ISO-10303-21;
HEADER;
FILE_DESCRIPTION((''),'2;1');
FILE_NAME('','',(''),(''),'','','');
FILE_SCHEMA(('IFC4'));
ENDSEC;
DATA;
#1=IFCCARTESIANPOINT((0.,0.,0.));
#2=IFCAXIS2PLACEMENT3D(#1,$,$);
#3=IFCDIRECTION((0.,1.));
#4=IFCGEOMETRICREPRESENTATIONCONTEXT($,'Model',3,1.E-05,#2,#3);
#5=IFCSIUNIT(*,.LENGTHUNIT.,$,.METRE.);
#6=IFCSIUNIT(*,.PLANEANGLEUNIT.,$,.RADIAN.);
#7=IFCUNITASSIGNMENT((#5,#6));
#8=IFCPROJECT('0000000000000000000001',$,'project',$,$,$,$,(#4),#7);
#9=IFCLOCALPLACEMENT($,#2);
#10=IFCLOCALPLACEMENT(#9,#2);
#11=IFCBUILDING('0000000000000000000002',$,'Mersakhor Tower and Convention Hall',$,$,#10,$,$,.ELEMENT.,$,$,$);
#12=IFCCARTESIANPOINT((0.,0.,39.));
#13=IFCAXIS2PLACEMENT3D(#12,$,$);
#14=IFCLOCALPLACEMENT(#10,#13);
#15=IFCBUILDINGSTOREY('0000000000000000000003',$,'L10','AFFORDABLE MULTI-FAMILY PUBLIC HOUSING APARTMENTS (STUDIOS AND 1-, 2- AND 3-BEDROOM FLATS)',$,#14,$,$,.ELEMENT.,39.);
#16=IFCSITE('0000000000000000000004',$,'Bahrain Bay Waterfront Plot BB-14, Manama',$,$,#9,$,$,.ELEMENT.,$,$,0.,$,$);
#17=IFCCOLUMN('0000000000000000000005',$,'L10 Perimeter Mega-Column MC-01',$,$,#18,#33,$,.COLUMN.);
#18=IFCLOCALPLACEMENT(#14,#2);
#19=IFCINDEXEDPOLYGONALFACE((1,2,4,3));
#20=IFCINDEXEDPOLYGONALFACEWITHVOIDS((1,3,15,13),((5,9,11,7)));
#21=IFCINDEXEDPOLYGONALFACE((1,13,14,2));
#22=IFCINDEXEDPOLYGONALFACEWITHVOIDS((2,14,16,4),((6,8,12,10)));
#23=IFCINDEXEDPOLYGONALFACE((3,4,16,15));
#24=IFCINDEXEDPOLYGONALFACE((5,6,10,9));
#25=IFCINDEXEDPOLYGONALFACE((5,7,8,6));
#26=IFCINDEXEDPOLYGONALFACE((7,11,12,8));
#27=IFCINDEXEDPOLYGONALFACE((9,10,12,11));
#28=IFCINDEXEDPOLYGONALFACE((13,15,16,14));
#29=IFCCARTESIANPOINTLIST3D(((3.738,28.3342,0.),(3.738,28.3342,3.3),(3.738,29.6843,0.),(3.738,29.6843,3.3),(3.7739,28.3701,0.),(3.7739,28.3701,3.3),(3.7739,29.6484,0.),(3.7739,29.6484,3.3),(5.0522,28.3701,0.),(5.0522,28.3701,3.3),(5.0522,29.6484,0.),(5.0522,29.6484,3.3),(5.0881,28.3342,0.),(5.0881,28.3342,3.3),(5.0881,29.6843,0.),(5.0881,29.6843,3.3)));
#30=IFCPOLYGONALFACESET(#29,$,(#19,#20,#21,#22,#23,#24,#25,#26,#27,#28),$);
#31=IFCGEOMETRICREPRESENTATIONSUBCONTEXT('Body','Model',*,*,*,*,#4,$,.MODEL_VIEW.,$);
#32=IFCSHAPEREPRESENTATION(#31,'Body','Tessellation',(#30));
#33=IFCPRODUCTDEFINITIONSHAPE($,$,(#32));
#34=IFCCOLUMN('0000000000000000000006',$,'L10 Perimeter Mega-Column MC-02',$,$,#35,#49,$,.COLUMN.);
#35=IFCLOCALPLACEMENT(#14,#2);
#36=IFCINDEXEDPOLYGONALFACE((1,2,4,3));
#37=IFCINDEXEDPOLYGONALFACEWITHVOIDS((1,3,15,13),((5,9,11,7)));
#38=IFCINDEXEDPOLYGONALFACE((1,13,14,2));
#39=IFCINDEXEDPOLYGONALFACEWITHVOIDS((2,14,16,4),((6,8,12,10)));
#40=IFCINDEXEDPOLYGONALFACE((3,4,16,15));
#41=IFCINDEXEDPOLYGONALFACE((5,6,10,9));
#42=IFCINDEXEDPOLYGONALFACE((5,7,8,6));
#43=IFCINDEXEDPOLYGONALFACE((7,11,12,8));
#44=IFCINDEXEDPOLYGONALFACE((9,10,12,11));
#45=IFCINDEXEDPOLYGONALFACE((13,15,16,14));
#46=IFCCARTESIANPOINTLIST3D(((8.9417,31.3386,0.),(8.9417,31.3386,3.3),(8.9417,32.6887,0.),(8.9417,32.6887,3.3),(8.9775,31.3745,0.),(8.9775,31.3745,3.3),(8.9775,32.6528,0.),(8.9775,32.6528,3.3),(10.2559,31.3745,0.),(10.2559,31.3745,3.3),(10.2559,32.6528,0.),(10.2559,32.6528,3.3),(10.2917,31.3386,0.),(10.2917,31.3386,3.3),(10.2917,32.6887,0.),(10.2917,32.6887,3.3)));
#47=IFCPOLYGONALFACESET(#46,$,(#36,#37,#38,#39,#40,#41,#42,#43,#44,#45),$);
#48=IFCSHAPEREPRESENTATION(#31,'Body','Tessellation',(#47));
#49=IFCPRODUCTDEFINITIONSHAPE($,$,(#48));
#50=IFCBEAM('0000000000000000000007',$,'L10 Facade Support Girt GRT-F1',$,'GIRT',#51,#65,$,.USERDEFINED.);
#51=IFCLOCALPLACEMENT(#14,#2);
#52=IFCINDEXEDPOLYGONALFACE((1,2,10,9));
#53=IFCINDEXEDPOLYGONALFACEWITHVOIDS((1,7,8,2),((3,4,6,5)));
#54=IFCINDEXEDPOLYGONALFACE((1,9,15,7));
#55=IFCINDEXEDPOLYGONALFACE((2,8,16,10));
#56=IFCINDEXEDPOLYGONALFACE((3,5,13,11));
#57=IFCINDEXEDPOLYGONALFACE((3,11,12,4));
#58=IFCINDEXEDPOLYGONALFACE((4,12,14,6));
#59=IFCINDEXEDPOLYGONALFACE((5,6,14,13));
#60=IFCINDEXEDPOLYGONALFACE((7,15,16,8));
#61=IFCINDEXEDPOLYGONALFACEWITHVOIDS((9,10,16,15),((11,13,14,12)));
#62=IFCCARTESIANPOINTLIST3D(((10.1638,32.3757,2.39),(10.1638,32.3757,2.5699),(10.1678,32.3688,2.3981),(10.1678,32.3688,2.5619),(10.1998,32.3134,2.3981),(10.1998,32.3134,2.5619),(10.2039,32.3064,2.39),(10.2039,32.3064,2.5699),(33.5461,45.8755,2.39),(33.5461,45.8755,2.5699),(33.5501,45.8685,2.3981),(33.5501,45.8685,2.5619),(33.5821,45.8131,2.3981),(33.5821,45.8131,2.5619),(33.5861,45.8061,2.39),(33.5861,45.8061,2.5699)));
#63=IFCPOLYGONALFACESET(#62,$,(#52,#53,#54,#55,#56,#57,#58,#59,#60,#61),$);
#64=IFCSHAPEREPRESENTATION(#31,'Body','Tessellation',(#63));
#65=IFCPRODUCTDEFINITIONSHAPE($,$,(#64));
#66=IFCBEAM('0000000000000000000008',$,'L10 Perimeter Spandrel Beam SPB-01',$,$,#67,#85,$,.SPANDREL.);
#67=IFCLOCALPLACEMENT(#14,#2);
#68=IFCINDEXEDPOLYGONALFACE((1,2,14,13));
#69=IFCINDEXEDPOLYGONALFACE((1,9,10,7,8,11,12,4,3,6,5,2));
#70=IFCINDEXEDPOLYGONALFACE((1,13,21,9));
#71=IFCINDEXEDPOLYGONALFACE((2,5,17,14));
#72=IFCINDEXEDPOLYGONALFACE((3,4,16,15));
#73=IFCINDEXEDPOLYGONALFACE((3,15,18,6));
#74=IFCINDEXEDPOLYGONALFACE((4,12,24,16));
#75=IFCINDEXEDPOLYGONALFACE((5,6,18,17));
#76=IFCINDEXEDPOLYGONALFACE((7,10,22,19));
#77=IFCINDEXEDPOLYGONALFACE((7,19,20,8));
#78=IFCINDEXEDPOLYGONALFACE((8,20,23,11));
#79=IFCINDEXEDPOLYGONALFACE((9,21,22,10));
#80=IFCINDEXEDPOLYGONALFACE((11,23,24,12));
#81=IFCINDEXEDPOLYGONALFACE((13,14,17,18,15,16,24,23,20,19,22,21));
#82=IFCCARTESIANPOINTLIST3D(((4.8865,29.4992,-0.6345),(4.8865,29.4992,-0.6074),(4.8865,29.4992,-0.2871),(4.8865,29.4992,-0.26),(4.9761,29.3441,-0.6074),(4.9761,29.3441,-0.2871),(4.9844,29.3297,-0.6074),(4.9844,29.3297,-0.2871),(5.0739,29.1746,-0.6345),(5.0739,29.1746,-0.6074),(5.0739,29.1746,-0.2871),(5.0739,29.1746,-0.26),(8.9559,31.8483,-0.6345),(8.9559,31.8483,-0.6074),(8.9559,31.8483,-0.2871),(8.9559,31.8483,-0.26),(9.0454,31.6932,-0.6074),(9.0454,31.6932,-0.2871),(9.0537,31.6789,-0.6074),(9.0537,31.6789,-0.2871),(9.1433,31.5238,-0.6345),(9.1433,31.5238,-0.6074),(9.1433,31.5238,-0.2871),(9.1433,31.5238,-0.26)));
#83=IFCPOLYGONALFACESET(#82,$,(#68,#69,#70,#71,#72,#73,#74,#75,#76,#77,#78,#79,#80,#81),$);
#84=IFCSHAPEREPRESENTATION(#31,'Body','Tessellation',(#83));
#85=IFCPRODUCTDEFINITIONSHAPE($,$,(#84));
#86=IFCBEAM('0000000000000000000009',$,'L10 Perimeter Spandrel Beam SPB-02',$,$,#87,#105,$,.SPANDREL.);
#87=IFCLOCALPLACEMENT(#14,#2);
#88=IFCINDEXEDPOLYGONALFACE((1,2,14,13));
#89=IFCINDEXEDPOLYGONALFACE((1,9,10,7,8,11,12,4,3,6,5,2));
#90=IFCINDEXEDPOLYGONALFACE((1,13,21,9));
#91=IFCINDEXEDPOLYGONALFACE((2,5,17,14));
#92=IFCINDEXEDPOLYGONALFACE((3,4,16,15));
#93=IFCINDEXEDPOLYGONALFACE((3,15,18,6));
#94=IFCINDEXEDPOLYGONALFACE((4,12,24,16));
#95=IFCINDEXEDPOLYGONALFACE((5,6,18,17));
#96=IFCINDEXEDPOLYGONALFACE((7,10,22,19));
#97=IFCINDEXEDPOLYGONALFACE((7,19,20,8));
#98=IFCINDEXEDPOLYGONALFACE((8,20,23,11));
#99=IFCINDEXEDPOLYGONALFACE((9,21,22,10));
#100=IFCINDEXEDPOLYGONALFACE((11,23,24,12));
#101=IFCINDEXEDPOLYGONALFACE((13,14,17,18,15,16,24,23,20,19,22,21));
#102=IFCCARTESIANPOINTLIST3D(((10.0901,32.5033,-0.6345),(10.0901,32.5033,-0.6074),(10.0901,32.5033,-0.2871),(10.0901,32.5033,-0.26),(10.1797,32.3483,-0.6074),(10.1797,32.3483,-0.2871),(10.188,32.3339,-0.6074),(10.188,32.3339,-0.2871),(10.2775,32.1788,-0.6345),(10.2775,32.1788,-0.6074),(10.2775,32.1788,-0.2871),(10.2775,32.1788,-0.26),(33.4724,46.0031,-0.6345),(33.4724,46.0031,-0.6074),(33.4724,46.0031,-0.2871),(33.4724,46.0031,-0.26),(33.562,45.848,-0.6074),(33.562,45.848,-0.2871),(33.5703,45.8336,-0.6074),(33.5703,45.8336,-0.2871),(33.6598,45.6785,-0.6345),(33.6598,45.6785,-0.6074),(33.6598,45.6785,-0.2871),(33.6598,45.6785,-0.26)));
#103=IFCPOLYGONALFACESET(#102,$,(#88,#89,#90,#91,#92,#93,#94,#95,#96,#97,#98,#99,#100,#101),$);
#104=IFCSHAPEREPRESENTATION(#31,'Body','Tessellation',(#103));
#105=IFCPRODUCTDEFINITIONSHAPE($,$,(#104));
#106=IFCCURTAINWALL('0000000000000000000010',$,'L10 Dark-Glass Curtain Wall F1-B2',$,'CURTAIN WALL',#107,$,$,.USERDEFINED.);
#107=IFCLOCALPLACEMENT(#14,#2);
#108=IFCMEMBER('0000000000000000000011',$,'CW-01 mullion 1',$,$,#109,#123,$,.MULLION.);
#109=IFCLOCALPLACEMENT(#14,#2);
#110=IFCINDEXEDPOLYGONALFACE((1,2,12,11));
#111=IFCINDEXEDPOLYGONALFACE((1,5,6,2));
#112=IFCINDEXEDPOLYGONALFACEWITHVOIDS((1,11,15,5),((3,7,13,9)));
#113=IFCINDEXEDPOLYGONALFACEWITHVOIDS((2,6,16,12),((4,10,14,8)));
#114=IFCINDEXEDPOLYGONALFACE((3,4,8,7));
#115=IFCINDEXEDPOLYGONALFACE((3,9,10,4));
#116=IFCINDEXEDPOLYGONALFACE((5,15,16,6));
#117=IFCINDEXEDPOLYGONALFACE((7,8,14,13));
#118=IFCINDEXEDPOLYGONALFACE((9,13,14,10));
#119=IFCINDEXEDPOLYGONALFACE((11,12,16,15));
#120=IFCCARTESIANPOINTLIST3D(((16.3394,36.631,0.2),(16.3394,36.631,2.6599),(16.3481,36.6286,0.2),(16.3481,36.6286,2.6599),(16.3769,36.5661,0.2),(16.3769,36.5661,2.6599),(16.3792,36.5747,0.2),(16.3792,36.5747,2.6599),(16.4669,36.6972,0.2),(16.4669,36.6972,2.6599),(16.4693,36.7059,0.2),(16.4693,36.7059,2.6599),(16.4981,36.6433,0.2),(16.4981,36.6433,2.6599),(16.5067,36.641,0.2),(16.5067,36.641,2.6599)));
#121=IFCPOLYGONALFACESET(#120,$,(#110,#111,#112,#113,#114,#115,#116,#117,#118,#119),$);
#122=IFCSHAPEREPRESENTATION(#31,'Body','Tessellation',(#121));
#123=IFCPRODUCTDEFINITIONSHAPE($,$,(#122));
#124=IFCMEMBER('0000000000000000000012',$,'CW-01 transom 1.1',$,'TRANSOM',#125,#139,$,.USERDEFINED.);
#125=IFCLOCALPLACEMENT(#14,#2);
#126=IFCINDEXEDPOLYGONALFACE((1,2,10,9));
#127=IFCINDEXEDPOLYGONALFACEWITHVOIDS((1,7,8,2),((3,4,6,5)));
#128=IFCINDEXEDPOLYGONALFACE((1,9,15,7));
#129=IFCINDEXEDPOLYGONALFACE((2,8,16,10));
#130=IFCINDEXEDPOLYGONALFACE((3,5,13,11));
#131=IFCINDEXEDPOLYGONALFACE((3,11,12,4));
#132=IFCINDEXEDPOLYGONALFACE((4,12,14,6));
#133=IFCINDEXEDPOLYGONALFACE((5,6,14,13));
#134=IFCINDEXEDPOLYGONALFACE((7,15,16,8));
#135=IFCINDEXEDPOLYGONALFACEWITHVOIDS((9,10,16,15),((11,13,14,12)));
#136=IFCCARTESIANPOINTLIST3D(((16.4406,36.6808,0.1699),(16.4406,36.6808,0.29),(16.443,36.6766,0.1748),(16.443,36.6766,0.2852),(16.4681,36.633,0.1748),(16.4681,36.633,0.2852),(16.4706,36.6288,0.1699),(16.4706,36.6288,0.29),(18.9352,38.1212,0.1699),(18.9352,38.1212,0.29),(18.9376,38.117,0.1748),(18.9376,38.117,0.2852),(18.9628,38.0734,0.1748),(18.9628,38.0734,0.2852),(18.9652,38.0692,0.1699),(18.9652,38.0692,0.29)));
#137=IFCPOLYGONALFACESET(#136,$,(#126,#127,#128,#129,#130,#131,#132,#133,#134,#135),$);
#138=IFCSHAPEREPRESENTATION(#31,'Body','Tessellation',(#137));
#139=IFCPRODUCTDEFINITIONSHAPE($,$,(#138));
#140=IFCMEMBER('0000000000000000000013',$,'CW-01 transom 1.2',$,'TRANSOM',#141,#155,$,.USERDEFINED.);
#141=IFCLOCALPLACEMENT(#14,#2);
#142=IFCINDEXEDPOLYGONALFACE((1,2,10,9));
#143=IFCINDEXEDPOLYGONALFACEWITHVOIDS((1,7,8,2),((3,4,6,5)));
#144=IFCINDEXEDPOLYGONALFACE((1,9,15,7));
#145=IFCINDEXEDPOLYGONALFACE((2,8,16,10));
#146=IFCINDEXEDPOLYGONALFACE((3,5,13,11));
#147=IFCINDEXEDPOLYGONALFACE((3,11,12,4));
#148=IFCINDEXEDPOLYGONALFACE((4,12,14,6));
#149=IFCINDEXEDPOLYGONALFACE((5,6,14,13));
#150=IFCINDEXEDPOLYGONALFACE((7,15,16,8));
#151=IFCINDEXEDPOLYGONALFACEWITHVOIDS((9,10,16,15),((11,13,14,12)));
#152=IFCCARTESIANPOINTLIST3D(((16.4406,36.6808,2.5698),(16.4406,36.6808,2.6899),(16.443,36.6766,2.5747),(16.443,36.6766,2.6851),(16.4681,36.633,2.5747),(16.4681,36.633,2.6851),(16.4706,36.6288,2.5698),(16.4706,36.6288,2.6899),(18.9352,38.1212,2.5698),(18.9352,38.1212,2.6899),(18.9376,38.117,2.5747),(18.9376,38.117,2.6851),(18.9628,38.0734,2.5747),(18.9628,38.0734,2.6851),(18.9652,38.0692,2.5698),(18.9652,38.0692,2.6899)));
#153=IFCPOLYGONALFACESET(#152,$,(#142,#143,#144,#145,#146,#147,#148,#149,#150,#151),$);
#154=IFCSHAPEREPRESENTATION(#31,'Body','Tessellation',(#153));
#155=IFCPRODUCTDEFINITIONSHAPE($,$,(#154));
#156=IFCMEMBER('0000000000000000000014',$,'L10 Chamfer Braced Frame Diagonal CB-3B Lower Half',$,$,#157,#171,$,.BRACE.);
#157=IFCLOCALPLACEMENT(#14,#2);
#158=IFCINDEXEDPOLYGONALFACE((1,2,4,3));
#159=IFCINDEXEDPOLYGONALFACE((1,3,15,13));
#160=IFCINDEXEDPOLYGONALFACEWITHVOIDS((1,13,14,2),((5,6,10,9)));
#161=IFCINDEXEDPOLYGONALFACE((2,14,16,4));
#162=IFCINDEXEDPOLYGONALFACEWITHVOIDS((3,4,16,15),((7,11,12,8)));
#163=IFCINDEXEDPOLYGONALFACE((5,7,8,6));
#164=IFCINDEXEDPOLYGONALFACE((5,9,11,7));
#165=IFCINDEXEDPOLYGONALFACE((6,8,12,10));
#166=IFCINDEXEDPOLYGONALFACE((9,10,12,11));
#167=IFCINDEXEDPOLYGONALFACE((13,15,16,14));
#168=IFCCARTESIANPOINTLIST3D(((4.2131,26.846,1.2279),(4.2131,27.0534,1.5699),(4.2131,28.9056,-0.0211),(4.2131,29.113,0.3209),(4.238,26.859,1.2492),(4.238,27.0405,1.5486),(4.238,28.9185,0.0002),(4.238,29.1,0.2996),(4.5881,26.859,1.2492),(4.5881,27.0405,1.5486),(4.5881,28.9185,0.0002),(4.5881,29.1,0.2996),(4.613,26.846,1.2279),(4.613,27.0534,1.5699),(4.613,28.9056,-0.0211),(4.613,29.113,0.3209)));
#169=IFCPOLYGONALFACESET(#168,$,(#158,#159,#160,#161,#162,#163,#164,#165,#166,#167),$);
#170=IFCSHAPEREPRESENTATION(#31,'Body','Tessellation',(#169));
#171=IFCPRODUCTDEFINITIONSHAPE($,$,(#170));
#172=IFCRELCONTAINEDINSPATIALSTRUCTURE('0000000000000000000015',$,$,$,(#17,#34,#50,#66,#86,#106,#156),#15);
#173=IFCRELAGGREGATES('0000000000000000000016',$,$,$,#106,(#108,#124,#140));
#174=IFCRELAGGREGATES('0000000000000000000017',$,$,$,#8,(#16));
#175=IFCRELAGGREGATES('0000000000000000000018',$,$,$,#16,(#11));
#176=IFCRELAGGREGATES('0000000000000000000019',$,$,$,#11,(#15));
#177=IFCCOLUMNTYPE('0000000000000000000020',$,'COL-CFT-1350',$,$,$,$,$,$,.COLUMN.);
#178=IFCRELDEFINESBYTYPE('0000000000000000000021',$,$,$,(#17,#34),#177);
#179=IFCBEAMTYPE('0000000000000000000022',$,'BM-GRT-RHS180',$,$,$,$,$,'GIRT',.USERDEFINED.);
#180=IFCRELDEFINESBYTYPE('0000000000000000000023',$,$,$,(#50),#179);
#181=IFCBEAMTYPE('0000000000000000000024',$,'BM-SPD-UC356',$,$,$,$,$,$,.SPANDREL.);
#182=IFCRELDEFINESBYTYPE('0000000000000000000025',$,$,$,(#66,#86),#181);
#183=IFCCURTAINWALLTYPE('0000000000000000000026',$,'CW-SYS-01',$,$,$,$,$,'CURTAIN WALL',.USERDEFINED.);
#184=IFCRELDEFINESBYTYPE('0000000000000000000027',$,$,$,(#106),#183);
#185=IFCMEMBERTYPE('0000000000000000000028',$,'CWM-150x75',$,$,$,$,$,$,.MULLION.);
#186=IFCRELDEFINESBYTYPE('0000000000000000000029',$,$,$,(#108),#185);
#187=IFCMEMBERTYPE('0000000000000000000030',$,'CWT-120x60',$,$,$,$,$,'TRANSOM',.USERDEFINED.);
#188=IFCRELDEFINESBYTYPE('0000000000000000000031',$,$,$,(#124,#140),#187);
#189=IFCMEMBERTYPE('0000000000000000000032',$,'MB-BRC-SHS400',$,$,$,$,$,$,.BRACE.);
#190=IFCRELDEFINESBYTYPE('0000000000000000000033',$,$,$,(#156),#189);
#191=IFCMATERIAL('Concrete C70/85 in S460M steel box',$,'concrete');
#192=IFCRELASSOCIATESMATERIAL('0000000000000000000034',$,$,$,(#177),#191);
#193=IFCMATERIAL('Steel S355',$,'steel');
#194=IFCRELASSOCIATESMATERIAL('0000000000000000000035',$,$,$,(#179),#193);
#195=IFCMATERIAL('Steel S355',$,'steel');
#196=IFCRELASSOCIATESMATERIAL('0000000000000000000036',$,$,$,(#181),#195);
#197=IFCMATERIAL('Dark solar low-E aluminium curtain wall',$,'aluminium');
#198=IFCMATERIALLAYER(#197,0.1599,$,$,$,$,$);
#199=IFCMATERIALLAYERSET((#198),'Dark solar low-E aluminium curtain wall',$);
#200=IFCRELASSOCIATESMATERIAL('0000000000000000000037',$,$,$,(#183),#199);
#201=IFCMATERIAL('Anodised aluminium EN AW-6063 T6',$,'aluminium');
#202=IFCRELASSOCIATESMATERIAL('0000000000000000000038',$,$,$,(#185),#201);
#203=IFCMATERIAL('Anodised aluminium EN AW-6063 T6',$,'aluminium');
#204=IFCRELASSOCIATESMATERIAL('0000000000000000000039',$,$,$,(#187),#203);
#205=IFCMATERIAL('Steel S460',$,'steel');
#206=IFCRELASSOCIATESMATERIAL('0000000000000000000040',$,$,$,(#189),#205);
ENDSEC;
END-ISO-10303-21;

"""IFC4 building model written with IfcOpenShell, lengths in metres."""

from ifc_helpers import new_model, si_unit, direction, frame, origin, origin_2d, place, context, subcontext, project, spatial, hollow_rectangle, i_section, extrude, material, layer, layer_set, material_profile, profile_set, type_object, element, aggregate, save


model = new_model("IFC4")

# Units and contexts
model_context = context("Model", 3, precision=1e-05, world=origin(), true_north=direction((0.0, 1.0)))
body_context = subcontext(model_context, "Body", "Model", "MODEL_VIEW")
ifc_project = project(units=[si_unit("LENGTHUNIT", "METRE"), si_unit("PLANEANGLEUNIT", "RADIAN")], contexts=[model_context])

# Site, building, storey
site_placement = place(None, origin())
site = spatial("IfcSite", under=ifc_project, at=site_placement, Name="Bahrain Bay Waterfront Plot BB-14, Manama", CompositionType="ELEMENT", RefElevation=0.0)
building_placement = place(site_placement, origin())
building = spatial("IfcBuilding", under=site, at=building_placement, Name="Mersakhor Tower and Convention Hall", CompositionType="ELEMENT")
storey_placement = place(building_placement, frame((0.0, 0.0, 39.0)))
storey = spatial("IfcBuildingStorey", under=building, at=storey_placement, Name="L10", Description="AFFORDABLE MULTI-FAMILY PUBLIC HOUSING APARTMENTS (STUDIOS AND 1-, 2- AND 3-BEDROOM FLATS)", CompositionType="ELEMENT", Elevation=39.0)

# Columns
ifc_material_1 = material(Name="Concrete C70/85 in S460M steel box", Category="concrete")
ifc_material_profile_1 = material_profile(ifc_material_1, hollow_rectangle(XDim=1.3501, YDim=1.3501, WallThickness=0.0359, at=origin_2d()), Name="SHS 1350x1350x36")
ifc_profile_set_1 = profile_set([ifc_material_profile_1], Name="Concrete C70/85 in S460M steel box")
column_type = type_object("IfcColumnType", Name="COL-CFT-1350", PredefinedType="COLUMN", material=ifc_profile_set_1)
for number, where, z_axis, x_axis, name in (
    (1, (4.4131, 29.0093, 0.0), (0.0, 0.0, 1.0), (1.0, 0.0, 0.0), "L10 Perimeter Mega-Column MC-01"),
    (2, (9.6167, 32.0137, 0.0), (0.0, 0.0, 1.0), (1.0, 0.0, 0.0), "L10 Perimeter Mega-Column MC-02"),
):
    element("IfcColumn", number, at=place(storey_placement, frame(where, z_axis=z_axis, x_axis=x_axis)), inside=storey, type_object=column_type, Name=name, PredefinedType="COLUMN", context=body_context, shape_type="SweptSolid", body=[
        extrude(hollow_rectangle(XDim=1.3501, YDim=1.3501, WallThickness=0.0359, at=origin_2d()), origin(), (0.0, 0.0, 1.0), 3.3),
    ])

# Beams
ifc_material_2 = material(Name="Steel S355", Category="steel")
ifc_material_profile_2 = material_profile(ifc_material_2, hollow_rectangle(XDim=0.0801, YDim=0.1799, WallThickness=0.0081, at=origin_2d()), Name="RHS 180x80x8")
ifc_profile_set_2 = profile_set([ifc_material_profile_2], Name="Steel S355")
beam_type_1 = type_object("IfcBeamType", Name="BM-GRT-RHS180", ElementType="GIRT", PredefinedType="USERDEFINED", material=ifc_profile_set_2)
beam_1_placement = place(storey_placement, frame((10.1838, 32.3411, 2.48), z_axis=(0.866026, 0.499999, 0.0), x_axis=(-0.499999, 0.866026, 0.0)))
element("IfcBeam", 3, at=beam_1_placement, inside=storey, type_object=beam_type_1, Name="L10 Facade Support Girt GRT-F1", ObjectType="GIRT", PredefinedType="USERDEFINED", context=body_context, shape_type="SweptSolid", body=[
    extrude(hollow_rectangle(XDim=0.0801, YDim=0.1799, WallThickness=0.0081, at=origin_2d()), origin(), (0.0, 0.0, 1.0), 26.9995),
])
ifc_material_3 = material(Name="Steel S355", Category="steel")
ifc_material_profile_3 = material_profile(ifc_material_3, i_section(OverallWidth=0.3748, OverallDepth=0.3745, WebThickness=0.0166, FlangeThickness=0.0271, at=origin_2d()), Name="UC 356x368x202")
ifc_profile_set_3 = profile_set([ifc_material_profile_3], Name="Steel S355")
beam_type_2 = type_object("IfcBeamType", Name="BM-SPD-UC356", PredefinedType="SPANDREL", material=ifc_profile_set_3)
beam_2_placement = place(storey_placement, frame((4.9802, 29.3369, -0.4473), z_axis=(0.866054, 0.49995, 0.0), x_axis=(-0.49995, 0.866054, 0.0)))
element("IfcBeam", 4, at=beam_2_placement, inside=storey, type_object=beam_type_2, Name="L10 Perimeter Spandrel Beam SPB-01", PredefinedType="SPANDREL", context=body_context, shape_type="SweptSolid", body=[
    extrude(i_section(OverallWidth=0.3748, OverallDepth=0.3745, WebThickness=0.0166, FlangeThickness=0.0271, at=origin_2d()), origin(), (0.0, 0.0, 1.0), 4.6987),
])
beam_3_placement = place(storey_placement, frame((10.1838, 32.3411, -0.4473), z_axis=(0.866026, 0.499999, 0.0), x_axis=(-0.499999, 0.866026, 0.0)))
element("IfcBeam", 5, at=beam_3_placement, inside=storey, type_object=beam_type_2, Name="L10 Perimeter Spandrel Beam SPB-02", PredefinedType="SPANDREL", context=body_context, shape_type="SweptSolid", body=[
    extrude(i_section(OverallWidth=0.3748, OverallDepth=0.3745, WebThickness=0.0166, FlangeThickness=0.0271, at=origin_2d()), origin(), (0.0, 0.0, 1.0), 26.9995),
])

# Curtain wall, members
ifc_material_4 = material(Name="Dark solar low-E aluminium curtain wall", Category="aluminium")
ifc_layer_1 = layer(ifc_material_4, 0.1599)
ifc_layer_set_1 = layer_set([ifc_layer_1], Name="Dark solar low-E aluminium curtain wall")
curtain_wall_type = type_object("IfcCurtainWallType", Name="CW-SYS-01", ElementType="CURTAIN WALL", PredefinedType="USERDEFINED", material=ifc_layer_set_1)
curtain_wall_placement = place(storey_placement, origin())
curtain_wall = element("IfcCurtainWall", 6, at=curtain_wall_placement, inside=storey, type_object=curtain_wall_type, Name="L10 Dark-Glass Curtain Wall F1-B2", ObjectType="CURTAIN WALL", PredefinedType="USERDEFINED")
ifc_material_5 = material(Name="Anodised aluminium EN AW-6063 T6", Category="aluminium")
ifc_material_profile_4 = material_profile(ifc_material_5, hollow_rectangle(XDim=0.075, YDim=0.1499, WallThickness=0.0063, at=origin_2d()), Name="RHS 150x75x6.3")
ifc_profile_set_4 = profile_set([ifc_material_profile_4], Name="Anodised aluminium EN AW-6063 T6")
member_type_1 = type_object("IfcMemberType", Name="CWM-150x75", PredefinedType="MULLION", material=ifc_profile_set_4)
member_1_placement = place(storey_placement, frame((16.4231, 36.636, 0.2), z_axis=(0.0, 0.0, 1.0), x_axis=(-0.500003, 0.866023, 0.0)))
member_1 = element("IfcMember", 7, at=member_1_placement, type_object=member_type_1, Name="CW-01 mullion 1", PredefinedType="MULLION", context=body_context, shape_type="SweptSolid", body=[
    extrude(hollow_rectangle(XDim=0.075, YDim=0.1499, WallThickness=0.0063, at=origin_2d()), origin(), (0.0, 0.0, 1.0), 2.46),
])
ifc_material_6 = material(Name="Anodised aluminium EN AW-6063 T6", Category="aluminium")
ifc_material_profile_5 = material_profile(ifc_material_6, hollow_rectangle(XDim=0.0601, YDim=0.1201, WallThickness=0.0049, at=origin_2d()), Name="RHS 120x60x5")
ifc_profile_set_5 = profile_set([ifc_material_profile_5], Name="Anodised aluminium EN AW-6063 T6")
member_type_2 = type_object("IfcMemberType", Name="CWT-120x60", ElementType="TRANSOM", PredefinedType="USERDEFINED", material=ifc_profile_set_5)
member_2_placement = place(storey_placement, frame((16.4556, 36.6548, 0.23), z_axis=(0.866002, 0.50004, 0.0), x_axis=(-0.50004, 0.866002, 0.0)))
member_2 = element("IfcMember", 8, at=member_2_placement, type_object=member_type_2, Name="CW-01 transom 1.1", ObjectType="TRANSOM", PredefinedType="USERDEFINED", context=body_context, shape_type="SweptSolid", body=[
    extrude(hollow_rectangle(XDim=0.0601, YDim=0.1201, WallThickness=0.0049, at=origin_2d()), origin(), (0.0, 0.0, 1.0), 2.8806),
])
member_3_placement = place(storey_placement, frame((16.4556, 36.6548, 2.6299), z_axis=(0.866002, 0.50004, 0.0), x_axis=(-0.50004, 0.866002, 0.0)))
member_3 = element("IfcMember", 9, at=member_3_placement, type_object=member_type_2, Name="CW-01 transom 1.2", ObjectType="TRANSOM", PredefinedType="USERDEFINED", context=body_context, shape_type="SweptSolid", body=[
    extrude(hollow_rectangle(XDim=0.0601, YDim=0.1201, WallThickness=0.0049, at=origin_2d()), origin(), (0.0, 0.0, 1.0), 2.8806),
])
aggregate(curtain_wall, [member_1, member_2, member_3])

# Member
ifc_material_7 = material(Name="Steel S460", Category="steel")
ifc_material_profile_6 = material_profile(ifc_material_7, hollow_rectangle(XDim=0.3999, YDim=0.3999, WallThickness=0.0249, at=origin_2d()), Name="SHS 400x400x25")
ifc_profile_set_6 = profile_set([ifc_material_profile_6], Name="Steel S460")
member_type_3 = type_object("IfcMemberType", Name="MB-BRC-SHS400", PredefinedType="BRACE", material=ifc_profile_set_6)
member_4_placement = place(storey_placement, frame((4.4131, 29.0093, 0.1499), z_axis=(0.0, -0.855051, 0.518544), x_axis=(1.0, 0.0, 0.0)))
element("IfcMember", 10, at=member_4_placement, inside=storey, type_object=member_type_3, Name="L10 Chamfer Braced Frame Diagonal CB-3B Lower Half", PredefinedType="BRACE", context=body_context, shape_type="SweptSolid", body=[
    extrude(hollow_rectangle(XDim=0.3999, YDim=0.3999, WallThickness=0.0249, at=origin_2d()), origin(), (0.0, 0.0, 1.0), 2.4087),
])

save(model, "model.ifc")
